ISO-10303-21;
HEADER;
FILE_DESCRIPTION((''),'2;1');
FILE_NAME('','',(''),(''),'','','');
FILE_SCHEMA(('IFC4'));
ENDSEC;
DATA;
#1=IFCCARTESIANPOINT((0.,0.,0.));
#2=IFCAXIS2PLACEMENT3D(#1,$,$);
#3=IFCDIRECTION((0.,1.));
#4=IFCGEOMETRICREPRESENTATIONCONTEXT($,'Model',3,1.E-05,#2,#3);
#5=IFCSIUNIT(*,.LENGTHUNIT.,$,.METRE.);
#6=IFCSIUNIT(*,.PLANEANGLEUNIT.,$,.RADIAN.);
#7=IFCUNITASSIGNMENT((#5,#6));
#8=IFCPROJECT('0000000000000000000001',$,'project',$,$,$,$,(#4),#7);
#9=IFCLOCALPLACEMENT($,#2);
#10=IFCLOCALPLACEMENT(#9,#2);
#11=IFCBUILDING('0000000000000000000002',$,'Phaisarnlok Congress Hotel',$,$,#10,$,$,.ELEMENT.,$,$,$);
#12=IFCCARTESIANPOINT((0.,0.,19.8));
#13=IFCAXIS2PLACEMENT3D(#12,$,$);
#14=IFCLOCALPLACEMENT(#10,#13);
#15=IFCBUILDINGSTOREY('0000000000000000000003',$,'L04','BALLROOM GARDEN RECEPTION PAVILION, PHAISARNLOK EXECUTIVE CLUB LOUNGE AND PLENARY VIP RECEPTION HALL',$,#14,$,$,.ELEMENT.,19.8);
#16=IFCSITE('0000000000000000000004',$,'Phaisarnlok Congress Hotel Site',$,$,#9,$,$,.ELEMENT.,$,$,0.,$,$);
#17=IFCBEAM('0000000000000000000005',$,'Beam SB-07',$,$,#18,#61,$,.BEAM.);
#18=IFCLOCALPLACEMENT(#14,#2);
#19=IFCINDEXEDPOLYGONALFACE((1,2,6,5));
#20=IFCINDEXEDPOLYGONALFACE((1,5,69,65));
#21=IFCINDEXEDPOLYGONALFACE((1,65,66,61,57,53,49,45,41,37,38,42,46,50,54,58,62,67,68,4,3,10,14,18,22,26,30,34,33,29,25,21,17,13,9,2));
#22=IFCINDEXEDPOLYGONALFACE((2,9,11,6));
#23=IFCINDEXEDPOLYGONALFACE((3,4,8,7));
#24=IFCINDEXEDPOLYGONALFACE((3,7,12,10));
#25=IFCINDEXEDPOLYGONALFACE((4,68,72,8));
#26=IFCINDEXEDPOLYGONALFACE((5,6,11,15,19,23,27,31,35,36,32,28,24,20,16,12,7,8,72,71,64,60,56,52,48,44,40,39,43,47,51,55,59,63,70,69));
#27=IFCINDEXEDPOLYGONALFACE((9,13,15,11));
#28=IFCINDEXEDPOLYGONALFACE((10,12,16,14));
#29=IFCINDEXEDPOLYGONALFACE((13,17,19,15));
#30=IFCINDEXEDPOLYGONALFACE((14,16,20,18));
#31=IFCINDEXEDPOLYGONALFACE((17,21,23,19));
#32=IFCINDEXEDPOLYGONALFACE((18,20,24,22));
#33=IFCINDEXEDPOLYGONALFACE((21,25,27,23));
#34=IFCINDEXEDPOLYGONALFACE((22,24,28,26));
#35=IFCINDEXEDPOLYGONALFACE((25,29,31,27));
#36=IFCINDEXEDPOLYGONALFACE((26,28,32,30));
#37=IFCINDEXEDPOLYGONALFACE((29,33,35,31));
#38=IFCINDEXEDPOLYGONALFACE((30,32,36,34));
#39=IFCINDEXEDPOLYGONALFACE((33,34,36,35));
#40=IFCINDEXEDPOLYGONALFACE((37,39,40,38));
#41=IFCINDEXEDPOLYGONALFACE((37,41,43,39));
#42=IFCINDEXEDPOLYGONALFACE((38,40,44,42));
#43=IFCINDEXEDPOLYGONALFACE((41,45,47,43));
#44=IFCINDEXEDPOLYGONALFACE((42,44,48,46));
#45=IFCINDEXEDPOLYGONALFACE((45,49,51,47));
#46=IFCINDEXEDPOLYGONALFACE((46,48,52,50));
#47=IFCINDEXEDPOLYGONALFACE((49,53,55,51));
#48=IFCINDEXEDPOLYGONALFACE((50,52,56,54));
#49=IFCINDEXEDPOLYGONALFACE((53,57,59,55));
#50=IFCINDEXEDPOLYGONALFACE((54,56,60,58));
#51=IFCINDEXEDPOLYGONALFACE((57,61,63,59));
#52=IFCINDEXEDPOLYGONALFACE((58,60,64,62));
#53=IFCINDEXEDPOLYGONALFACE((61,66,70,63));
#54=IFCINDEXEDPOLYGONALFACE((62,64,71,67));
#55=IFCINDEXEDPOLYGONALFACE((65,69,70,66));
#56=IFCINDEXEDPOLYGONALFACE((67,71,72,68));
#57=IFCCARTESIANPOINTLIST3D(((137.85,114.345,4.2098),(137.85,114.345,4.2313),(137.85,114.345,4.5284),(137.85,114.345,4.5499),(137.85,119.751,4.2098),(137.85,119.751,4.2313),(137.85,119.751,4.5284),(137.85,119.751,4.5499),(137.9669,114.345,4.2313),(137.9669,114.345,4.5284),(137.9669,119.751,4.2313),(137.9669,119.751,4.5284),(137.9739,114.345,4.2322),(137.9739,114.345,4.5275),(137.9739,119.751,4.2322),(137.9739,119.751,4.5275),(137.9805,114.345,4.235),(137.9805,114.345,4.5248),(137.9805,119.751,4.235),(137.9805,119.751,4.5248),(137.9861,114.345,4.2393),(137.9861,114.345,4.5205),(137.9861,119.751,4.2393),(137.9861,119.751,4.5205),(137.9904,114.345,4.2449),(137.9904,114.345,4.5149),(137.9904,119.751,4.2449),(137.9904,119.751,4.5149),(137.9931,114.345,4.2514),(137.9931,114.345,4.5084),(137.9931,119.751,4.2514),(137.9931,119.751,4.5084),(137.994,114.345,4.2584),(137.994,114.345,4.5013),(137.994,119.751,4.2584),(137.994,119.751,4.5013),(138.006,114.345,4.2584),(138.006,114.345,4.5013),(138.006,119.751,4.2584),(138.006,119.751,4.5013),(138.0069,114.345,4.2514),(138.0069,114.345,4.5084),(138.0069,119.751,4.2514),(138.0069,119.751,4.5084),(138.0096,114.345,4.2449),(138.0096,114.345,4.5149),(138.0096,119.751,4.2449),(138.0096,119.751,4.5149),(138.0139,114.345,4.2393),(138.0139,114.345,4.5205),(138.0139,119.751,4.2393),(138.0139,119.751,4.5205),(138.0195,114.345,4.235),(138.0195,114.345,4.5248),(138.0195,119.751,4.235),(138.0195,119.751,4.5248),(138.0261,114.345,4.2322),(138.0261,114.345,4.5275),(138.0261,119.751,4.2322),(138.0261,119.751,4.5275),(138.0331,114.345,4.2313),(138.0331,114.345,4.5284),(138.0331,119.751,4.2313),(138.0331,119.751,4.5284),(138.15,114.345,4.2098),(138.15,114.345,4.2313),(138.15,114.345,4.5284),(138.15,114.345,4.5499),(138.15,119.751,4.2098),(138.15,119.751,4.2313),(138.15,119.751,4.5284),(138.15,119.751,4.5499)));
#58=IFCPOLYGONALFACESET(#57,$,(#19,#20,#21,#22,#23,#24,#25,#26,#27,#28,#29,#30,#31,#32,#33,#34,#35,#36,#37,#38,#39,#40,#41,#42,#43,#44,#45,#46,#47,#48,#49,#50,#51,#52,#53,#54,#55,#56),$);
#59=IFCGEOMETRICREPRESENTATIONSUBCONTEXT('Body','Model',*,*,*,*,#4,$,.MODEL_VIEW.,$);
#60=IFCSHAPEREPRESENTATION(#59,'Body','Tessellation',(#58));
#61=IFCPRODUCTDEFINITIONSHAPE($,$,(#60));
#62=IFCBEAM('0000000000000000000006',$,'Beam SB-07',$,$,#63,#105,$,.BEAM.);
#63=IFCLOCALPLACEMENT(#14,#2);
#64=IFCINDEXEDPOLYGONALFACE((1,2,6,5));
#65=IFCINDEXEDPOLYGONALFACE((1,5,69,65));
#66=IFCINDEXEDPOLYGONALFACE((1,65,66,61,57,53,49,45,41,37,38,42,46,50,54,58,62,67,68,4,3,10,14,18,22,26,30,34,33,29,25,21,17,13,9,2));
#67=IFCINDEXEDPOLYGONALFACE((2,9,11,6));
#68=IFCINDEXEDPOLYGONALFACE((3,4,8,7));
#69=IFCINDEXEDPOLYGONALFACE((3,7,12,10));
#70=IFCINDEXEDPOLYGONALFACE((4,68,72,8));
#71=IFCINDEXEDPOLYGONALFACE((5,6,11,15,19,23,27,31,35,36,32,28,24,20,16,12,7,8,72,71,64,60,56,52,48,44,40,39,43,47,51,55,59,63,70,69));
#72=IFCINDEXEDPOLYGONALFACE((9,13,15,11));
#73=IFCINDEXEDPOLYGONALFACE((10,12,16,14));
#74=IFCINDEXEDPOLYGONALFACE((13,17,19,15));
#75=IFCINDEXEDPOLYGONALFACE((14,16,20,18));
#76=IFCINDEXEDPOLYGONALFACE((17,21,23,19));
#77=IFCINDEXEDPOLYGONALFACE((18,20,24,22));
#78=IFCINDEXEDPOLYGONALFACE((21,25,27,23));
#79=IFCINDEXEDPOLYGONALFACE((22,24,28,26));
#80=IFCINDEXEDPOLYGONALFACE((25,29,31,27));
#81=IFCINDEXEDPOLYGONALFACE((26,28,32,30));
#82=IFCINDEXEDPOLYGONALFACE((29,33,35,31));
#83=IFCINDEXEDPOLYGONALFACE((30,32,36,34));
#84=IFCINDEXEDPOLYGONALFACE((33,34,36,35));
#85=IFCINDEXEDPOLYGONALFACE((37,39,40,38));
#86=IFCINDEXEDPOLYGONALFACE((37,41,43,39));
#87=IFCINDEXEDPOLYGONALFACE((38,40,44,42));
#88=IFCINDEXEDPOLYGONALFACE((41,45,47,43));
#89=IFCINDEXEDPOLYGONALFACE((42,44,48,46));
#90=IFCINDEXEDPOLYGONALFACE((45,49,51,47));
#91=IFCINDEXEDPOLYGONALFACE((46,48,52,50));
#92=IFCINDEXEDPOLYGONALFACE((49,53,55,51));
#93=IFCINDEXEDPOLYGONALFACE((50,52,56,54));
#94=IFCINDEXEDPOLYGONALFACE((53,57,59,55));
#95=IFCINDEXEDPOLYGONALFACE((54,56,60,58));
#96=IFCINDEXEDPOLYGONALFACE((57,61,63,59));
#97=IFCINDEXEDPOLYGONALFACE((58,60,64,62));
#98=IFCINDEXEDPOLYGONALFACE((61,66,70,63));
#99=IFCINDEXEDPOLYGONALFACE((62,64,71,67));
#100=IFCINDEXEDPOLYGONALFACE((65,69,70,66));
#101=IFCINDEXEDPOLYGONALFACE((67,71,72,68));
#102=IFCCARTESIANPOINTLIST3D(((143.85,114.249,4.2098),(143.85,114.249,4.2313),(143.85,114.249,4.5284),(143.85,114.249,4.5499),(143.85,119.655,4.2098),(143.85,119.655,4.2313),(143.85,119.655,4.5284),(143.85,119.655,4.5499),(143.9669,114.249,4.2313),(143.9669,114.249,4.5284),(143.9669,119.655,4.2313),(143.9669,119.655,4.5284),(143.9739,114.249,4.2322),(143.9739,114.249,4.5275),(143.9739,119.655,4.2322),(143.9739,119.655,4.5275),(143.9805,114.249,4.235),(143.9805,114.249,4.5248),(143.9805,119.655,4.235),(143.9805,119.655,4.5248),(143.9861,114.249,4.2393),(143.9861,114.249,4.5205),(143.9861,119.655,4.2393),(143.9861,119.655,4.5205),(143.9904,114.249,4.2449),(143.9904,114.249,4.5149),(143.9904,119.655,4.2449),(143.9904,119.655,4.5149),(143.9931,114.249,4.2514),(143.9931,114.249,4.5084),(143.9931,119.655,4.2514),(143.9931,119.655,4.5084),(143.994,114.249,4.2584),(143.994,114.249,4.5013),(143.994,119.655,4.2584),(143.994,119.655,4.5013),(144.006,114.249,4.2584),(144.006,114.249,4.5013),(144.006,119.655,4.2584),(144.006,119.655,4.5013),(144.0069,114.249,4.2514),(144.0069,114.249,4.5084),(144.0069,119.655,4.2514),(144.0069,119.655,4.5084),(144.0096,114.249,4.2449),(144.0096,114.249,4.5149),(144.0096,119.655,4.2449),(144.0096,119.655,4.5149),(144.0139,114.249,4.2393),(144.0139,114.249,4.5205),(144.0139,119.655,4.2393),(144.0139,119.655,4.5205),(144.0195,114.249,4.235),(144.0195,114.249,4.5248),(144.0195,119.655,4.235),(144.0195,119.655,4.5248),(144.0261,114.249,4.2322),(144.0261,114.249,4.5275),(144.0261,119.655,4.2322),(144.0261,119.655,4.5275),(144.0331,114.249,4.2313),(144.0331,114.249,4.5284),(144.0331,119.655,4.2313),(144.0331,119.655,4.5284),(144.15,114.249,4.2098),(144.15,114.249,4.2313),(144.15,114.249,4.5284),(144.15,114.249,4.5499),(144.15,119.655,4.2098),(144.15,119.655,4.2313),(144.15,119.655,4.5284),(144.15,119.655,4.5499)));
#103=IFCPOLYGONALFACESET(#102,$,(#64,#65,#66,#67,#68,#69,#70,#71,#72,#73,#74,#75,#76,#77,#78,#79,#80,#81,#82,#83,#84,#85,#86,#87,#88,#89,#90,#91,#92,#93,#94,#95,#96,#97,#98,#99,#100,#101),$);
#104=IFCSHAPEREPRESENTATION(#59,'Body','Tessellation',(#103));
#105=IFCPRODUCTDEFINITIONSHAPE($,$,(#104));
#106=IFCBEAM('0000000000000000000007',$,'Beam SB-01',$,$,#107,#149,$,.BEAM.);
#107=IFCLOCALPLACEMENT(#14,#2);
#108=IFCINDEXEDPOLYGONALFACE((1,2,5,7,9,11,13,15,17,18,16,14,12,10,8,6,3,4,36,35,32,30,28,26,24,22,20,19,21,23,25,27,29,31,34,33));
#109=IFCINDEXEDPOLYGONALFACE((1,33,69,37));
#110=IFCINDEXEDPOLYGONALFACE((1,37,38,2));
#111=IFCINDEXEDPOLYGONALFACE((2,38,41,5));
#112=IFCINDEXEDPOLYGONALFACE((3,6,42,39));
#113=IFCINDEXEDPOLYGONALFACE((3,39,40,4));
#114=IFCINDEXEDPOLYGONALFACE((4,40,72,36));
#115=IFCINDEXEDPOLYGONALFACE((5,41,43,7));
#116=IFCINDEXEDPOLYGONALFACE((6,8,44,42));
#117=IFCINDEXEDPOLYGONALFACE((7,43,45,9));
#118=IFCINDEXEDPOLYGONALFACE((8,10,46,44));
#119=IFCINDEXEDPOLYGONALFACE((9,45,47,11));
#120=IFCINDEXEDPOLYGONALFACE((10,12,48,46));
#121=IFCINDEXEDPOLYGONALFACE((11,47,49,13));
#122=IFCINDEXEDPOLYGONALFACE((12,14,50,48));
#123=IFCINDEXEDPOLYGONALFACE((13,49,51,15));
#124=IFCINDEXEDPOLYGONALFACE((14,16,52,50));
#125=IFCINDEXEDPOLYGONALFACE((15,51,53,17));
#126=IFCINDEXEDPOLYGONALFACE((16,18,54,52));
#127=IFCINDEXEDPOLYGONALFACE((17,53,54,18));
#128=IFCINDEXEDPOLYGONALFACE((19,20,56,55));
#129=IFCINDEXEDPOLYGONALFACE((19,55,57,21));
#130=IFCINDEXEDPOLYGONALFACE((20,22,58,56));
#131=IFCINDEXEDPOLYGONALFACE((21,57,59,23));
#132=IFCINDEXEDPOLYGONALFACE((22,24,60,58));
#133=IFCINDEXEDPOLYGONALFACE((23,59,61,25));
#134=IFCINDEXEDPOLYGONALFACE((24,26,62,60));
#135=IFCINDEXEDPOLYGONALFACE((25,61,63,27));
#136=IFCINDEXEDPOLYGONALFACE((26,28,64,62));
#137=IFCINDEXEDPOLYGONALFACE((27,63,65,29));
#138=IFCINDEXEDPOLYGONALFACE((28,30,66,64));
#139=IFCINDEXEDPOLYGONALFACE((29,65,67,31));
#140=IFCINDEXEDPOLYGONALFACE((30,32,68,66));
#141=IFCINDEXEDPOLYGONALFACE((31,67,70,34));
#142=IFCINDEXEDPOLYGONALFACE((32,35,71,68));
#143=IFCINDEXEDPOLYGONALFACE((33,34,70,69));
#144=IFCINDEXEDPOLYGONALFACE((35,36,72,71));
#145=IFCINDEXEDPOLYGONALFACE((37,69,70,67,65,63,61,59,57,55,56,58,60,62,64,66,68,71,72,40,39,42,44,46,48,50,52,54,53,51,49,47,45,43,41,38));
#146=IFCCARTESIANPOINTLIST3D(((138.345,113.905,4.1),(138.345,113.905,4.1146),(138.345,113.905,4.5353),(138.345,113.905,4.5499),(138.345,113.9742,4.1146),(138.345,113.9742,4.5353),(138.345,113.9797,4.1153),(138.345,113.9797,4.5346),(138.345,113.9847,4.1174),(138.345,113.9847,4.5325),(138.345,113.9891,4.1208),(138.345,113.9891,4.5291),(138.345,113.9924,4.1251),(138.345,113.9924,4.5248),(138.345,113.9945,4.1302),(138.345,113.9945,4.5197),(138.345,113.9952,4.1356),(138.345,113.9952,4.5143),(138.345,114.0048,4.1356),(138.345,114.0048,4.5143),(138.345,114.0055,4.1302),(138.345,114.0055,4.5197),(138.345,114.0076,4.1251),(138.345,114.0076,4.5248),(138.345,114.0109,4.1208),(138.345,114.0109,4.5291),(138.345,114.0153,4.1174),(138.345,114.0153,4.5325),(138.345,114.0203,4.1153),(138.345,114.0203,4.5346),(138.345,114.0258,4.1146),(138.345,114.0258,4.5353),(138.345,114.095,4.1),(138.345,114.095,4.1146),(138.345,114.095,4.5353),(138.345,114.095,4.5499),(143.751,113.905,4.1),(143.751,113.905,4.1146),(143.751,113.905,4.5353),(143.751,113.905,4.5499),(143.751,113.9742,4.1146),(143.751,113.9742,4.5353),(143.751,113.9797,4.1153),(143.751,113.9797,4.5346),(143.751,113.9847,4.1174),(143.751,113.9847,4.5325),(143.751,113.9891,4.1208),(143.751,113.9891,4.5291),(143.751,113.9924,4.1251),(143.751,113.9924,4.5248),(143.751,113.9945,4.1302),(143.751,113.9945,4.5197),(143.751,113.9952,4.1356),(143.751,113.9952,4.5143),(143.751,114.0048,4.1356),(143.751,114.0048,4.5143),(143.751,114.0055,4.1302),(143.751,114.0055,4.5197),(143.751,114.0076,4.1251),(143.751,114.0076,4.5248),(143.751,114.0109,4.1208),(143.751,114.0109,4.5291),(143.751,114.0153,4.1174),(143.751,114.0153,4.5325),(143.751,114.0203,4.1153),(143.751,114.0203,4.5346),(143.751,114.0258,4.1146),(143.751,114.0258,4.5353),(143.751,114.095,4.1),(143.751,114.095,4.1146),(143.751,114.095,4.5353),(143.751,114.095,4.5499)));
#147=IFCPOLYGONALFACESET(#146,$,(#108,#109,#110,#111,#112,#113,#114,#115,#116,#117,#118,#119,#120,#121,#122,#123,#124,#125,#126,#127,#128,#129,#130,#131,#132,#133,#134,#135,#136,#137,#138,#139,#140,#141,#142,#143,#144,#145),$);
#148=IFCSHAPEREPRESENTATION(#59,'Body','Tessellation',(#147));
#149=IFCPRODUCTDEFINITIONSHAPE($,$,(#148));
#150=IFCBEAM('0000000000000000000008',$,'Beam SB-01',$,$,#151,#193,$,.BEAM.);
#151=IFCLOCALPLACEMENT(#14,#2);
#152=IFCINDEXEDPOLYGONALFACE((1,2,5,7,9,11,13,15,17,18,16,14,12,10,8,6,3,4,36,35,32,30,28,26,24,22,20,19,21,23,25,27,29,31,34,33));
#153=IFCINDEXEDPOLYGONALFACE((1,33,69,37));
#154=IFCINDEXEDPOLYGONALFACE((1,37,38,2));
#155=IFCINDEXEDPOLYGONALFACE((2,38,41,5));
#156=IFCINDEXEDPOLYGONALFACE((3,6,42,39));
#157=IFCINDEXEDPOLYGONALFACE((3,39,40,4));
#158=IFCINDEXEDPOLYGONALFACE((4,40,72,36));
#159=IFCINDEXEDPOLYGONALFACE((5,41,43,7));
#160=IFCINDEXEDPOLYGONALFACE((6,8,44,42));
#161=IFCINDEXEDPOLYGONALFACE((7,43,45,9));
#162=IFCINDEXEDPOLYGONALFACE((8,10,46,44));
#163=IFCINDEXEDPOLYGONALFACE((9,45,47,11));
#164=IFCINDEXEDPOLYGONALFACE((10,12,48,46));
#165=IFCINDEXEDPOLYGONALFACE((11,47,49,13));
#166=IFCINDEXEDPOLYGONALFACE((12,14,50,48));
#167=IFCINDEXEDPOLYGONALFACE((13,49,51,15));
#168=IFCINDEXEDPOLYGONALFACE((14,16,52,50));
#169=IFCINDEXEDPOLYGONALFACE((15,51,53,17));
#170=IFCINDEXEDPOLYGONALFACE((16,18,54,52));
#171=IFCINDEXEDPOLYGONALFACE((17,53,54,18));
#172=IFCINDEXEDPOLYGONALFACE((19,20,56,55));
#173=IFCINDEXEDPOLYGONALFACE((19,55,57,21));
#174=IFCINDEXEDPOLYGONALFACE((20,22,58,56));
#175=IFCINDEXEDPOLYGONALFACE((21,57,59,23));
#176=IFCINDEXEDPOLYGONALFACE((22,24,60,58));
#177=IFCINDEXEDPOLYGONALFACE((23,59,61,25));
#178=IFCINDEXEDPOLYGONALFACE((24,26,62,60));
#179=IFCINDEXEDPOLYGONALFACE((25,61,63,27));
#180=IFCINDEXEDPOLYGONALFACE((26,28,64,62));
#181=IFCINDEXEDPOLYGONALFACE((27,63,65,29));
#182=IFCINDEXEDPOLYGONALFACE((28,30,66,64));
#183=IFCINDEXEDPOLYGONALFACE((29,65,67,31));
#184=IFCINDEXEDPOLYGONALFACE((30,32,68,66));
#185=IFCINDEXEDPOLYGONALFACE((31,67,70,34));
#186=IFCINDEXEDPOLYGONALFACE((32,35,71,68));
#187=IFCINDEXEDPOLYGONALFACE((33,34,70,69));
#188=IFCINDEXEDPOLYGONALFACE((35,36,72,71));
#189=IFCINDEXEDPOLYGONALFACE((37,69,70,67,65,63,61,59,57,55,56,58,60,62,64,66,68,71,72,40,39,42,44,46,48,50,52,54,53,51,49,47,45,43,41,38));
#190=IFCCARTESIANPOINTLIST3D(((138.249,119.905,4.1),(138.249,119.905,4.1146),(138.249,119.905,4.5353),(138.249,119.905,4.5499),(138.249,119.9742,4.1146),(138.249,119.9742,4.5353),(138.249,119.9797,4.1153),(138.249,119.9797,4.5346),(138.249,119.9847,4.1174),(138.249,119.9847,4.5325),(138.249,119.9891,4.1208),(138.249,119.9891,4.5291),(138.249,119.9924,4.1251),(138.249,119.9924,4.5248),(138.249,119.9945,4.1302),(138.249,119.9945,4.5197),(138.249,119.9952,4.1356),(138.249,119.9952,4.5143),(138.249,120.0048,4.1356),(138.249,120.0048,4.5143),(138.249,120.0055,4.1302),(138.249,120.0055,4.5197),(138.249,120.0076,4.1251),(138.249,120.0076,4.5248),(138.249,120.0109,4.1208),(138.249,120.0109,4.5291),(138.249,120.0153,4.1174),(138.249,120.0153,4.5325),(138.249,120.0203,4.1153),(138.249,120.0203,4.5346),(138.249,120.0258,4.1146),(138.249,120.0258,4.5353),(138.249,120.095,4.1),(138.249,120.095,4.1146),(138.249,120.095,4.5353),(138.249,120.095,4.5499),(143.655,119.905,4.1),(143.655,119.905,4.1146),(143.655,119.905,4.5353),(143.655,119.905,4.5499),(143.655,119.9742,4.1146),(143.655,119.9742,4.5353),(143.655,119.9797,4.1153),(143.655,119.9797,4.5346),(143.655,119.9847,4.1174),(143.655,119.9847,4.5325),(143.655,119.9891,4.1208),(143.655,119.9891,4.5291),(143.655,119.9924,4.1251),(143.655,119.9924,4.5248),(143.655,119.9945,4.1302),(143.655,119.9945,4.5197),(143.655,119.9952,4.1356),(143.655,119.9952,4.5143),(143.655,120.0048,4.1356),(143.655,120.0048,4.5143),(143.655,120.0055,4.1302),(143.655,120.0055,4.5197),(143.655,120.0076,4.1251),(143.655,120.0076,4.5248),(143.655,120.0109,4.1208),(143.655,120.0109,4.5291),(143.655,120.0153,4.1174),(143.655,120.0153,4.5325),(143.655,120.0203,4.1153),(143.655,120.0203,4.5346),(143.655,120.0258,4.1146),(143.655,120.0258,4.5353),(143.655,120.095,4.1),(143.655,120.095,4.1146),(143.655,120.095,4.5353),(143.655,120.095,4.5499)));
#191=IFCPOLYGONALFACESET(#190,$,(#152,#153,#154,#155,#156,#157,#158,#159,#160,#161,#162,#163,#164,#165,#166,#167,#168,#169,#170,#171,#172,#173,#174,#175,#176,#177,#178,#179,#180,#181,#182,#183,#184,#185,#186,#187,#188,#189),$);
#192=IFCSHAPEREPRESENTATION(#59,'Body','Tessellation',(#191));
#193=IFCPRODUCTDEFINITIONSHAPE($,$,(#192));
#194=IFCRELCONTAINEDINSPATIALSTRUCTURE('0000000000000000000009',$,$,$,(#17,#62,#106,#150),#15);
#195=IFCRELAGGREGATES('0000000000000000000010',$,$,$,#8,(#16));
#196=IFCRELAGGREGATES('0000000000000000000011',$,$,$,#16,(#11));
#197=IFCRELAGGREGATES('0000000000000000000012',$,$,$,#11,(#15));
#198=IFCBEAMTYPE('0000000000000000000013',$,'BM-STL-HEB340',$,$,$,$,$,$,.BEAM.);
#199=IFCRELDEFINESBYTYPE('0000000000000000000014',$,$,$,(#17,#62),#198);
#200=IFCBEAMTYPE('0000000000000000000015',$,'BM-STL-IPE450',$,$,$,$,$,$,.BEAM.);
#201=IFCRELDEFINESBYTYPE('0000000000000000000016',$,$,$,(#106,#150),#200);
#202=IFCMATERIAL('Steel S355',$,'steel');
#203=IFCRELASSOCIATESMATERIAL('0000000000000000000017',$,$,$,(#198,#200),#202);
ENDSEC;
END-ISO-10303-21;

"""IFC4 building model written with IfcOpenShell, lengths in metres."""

from ifc_helpers import new_model, si_unit, direction, frame, origin, origin_2d, place, context, subcontext, project, spatial, i_section, extrude, material, material_profile, profile_set, type_object, element, save


model = new_model("IFC4")

# Units and contexts
model_context = context("Model", 3, precision=1e-05, world=origin(), true_north=direction((0.0, 1.0)))
body_context = subcontext(model_context, "Body", "Model", "MODEL_VIEW")
ifc_project = project(units=[si_unit("LENGTHUNIT", "METRE"), si_unit("PLANEANGLEUNIT", "RADIAN")], contexts=[model_context])

# Site, building, storey
site_placement = place(None, origin())
site = spatial("IfcSite", under=ifc_project, at=site_placement, Name="Phaisarnlok Congress Hotel Site", CompositionType="ELEMENT", RefElevation=0.0)
building_placement = place(site_placement, origin())
building = spatial("IfcBuilding", under=site, at=building_placement, Name="Phaisarnlok Congress Hotel", CompositionType="ELEMENT")
storey_placement = place(building_placement, frame((0.0, 0.0, 19.8)))
storey = spatial("IfcBuildingStorey", under=building, at=storey_placement, Name="L04", Description="BALLROOM GARDEN RECEPTION PAVILION, PHAISARNLOK EXECUTIVE CLUB LOUNGE AND PLENARY VIP RECEPTION HALL", CompositionType="ELEMENT", Elevation=19.8)

# Shared definitions
ifc_material_1 = material(Name="Steel S355", Category="steel")

# Beams
ifc_material_profile_1 = material_profile(ifc_material_1, i_section(OverallWidth=0.3, OverallDepth=0.3401, WebThickness=0.012, FlangeThickness=0.0215, FilletRadius=0.0271, at=origin_2d()), Name="HEB 340")
ifc_profile_set_1 = profile_set([ifc_material_profile_1], Name="Steel S355")
beam_type_1 = type_object("IfcBeamType", Name="BM-STL-HEB340", PredefinedType="BEAM", material=ifc_profile_set_1)
for number, where, z_axis, x_axis, name in (
    (1, (138.0, 114.345, 4.3799), (0.0, 1.0, 0.0), (-1.0, 0.0, 0.0), "Beam SB-07"),
    (2, (144.0, 114.249, 4.3799), (0.0, 1.0, 0.0), (-1.0, 0.0, 0.0), "Beam SB-07"),
):
    element("IfcBeam", number, at=place(storey_placement, frame(where, z_axis=z_axis, x_axis=x_axis)), inside=storey, type_object=beam_type_1, Name=name, PredefinedType="BEAM", context=body_context, shape_type="SweptSolid", body=[
        extrude(i_section(OverallWidth=0.3, OverallDepth=0.3401, WebThickness=0.012, FlangeThickness=0.0215, FilletRadius=0.0271, at=origin_2d()), origin(), (0.0, 0.0, 1.0), 5.406),
    ])
ifc_material_profile_2 = material_profile(ifc_material_1, i_section(OverallWidth=0.1899, OverallDepth=0.45, WebThickness=0.0095, FlangeThickness=0.0146, FilletRadius=0.021, at=origin_2d()), Name="IPE 450")
ifc_profile_set_2 = profile_set([ifc_material_profile_2], Name="Steel S355")
beam_type_2 = type_object("IfcBeamType", Name="BM-STL-IPE450", PredefinedType="BEAM", material=ifc_profile_set_2)
for number, where, z_axis, x_axis, name in (
    (3, (138.345, 114.0, 4.325), (1.0, 0.0, 0.0), (0.0, 1.0, 0.0), "Beam SB-01"),
    (4, (138.249, 120.0, 4.325), (1.0, 0.0, 0.0), (0.0, 1.0, 0.0), "Beam SB-01"),
):
    element("IfcBeam", number, at=place(storey_placement, frame(where, z_axis=z_axis, x_axis=x_axis)), inside=storey, type_object=beam_type_2, Name=name, PredefinedType="BEAM", context=body_context, shape_type="SweptSolid", body=[
        extrude(i_section(OverallWidth=0.1899, OverallDepth=0.45, WebThickness=0.0095, FlangeThickness=0.0146, FilletRadius=0.021, at=origin_2d()), origin(), (0.0, 0.0, 1.0), 5.406),
    ])

save(model, "model.ifc")
